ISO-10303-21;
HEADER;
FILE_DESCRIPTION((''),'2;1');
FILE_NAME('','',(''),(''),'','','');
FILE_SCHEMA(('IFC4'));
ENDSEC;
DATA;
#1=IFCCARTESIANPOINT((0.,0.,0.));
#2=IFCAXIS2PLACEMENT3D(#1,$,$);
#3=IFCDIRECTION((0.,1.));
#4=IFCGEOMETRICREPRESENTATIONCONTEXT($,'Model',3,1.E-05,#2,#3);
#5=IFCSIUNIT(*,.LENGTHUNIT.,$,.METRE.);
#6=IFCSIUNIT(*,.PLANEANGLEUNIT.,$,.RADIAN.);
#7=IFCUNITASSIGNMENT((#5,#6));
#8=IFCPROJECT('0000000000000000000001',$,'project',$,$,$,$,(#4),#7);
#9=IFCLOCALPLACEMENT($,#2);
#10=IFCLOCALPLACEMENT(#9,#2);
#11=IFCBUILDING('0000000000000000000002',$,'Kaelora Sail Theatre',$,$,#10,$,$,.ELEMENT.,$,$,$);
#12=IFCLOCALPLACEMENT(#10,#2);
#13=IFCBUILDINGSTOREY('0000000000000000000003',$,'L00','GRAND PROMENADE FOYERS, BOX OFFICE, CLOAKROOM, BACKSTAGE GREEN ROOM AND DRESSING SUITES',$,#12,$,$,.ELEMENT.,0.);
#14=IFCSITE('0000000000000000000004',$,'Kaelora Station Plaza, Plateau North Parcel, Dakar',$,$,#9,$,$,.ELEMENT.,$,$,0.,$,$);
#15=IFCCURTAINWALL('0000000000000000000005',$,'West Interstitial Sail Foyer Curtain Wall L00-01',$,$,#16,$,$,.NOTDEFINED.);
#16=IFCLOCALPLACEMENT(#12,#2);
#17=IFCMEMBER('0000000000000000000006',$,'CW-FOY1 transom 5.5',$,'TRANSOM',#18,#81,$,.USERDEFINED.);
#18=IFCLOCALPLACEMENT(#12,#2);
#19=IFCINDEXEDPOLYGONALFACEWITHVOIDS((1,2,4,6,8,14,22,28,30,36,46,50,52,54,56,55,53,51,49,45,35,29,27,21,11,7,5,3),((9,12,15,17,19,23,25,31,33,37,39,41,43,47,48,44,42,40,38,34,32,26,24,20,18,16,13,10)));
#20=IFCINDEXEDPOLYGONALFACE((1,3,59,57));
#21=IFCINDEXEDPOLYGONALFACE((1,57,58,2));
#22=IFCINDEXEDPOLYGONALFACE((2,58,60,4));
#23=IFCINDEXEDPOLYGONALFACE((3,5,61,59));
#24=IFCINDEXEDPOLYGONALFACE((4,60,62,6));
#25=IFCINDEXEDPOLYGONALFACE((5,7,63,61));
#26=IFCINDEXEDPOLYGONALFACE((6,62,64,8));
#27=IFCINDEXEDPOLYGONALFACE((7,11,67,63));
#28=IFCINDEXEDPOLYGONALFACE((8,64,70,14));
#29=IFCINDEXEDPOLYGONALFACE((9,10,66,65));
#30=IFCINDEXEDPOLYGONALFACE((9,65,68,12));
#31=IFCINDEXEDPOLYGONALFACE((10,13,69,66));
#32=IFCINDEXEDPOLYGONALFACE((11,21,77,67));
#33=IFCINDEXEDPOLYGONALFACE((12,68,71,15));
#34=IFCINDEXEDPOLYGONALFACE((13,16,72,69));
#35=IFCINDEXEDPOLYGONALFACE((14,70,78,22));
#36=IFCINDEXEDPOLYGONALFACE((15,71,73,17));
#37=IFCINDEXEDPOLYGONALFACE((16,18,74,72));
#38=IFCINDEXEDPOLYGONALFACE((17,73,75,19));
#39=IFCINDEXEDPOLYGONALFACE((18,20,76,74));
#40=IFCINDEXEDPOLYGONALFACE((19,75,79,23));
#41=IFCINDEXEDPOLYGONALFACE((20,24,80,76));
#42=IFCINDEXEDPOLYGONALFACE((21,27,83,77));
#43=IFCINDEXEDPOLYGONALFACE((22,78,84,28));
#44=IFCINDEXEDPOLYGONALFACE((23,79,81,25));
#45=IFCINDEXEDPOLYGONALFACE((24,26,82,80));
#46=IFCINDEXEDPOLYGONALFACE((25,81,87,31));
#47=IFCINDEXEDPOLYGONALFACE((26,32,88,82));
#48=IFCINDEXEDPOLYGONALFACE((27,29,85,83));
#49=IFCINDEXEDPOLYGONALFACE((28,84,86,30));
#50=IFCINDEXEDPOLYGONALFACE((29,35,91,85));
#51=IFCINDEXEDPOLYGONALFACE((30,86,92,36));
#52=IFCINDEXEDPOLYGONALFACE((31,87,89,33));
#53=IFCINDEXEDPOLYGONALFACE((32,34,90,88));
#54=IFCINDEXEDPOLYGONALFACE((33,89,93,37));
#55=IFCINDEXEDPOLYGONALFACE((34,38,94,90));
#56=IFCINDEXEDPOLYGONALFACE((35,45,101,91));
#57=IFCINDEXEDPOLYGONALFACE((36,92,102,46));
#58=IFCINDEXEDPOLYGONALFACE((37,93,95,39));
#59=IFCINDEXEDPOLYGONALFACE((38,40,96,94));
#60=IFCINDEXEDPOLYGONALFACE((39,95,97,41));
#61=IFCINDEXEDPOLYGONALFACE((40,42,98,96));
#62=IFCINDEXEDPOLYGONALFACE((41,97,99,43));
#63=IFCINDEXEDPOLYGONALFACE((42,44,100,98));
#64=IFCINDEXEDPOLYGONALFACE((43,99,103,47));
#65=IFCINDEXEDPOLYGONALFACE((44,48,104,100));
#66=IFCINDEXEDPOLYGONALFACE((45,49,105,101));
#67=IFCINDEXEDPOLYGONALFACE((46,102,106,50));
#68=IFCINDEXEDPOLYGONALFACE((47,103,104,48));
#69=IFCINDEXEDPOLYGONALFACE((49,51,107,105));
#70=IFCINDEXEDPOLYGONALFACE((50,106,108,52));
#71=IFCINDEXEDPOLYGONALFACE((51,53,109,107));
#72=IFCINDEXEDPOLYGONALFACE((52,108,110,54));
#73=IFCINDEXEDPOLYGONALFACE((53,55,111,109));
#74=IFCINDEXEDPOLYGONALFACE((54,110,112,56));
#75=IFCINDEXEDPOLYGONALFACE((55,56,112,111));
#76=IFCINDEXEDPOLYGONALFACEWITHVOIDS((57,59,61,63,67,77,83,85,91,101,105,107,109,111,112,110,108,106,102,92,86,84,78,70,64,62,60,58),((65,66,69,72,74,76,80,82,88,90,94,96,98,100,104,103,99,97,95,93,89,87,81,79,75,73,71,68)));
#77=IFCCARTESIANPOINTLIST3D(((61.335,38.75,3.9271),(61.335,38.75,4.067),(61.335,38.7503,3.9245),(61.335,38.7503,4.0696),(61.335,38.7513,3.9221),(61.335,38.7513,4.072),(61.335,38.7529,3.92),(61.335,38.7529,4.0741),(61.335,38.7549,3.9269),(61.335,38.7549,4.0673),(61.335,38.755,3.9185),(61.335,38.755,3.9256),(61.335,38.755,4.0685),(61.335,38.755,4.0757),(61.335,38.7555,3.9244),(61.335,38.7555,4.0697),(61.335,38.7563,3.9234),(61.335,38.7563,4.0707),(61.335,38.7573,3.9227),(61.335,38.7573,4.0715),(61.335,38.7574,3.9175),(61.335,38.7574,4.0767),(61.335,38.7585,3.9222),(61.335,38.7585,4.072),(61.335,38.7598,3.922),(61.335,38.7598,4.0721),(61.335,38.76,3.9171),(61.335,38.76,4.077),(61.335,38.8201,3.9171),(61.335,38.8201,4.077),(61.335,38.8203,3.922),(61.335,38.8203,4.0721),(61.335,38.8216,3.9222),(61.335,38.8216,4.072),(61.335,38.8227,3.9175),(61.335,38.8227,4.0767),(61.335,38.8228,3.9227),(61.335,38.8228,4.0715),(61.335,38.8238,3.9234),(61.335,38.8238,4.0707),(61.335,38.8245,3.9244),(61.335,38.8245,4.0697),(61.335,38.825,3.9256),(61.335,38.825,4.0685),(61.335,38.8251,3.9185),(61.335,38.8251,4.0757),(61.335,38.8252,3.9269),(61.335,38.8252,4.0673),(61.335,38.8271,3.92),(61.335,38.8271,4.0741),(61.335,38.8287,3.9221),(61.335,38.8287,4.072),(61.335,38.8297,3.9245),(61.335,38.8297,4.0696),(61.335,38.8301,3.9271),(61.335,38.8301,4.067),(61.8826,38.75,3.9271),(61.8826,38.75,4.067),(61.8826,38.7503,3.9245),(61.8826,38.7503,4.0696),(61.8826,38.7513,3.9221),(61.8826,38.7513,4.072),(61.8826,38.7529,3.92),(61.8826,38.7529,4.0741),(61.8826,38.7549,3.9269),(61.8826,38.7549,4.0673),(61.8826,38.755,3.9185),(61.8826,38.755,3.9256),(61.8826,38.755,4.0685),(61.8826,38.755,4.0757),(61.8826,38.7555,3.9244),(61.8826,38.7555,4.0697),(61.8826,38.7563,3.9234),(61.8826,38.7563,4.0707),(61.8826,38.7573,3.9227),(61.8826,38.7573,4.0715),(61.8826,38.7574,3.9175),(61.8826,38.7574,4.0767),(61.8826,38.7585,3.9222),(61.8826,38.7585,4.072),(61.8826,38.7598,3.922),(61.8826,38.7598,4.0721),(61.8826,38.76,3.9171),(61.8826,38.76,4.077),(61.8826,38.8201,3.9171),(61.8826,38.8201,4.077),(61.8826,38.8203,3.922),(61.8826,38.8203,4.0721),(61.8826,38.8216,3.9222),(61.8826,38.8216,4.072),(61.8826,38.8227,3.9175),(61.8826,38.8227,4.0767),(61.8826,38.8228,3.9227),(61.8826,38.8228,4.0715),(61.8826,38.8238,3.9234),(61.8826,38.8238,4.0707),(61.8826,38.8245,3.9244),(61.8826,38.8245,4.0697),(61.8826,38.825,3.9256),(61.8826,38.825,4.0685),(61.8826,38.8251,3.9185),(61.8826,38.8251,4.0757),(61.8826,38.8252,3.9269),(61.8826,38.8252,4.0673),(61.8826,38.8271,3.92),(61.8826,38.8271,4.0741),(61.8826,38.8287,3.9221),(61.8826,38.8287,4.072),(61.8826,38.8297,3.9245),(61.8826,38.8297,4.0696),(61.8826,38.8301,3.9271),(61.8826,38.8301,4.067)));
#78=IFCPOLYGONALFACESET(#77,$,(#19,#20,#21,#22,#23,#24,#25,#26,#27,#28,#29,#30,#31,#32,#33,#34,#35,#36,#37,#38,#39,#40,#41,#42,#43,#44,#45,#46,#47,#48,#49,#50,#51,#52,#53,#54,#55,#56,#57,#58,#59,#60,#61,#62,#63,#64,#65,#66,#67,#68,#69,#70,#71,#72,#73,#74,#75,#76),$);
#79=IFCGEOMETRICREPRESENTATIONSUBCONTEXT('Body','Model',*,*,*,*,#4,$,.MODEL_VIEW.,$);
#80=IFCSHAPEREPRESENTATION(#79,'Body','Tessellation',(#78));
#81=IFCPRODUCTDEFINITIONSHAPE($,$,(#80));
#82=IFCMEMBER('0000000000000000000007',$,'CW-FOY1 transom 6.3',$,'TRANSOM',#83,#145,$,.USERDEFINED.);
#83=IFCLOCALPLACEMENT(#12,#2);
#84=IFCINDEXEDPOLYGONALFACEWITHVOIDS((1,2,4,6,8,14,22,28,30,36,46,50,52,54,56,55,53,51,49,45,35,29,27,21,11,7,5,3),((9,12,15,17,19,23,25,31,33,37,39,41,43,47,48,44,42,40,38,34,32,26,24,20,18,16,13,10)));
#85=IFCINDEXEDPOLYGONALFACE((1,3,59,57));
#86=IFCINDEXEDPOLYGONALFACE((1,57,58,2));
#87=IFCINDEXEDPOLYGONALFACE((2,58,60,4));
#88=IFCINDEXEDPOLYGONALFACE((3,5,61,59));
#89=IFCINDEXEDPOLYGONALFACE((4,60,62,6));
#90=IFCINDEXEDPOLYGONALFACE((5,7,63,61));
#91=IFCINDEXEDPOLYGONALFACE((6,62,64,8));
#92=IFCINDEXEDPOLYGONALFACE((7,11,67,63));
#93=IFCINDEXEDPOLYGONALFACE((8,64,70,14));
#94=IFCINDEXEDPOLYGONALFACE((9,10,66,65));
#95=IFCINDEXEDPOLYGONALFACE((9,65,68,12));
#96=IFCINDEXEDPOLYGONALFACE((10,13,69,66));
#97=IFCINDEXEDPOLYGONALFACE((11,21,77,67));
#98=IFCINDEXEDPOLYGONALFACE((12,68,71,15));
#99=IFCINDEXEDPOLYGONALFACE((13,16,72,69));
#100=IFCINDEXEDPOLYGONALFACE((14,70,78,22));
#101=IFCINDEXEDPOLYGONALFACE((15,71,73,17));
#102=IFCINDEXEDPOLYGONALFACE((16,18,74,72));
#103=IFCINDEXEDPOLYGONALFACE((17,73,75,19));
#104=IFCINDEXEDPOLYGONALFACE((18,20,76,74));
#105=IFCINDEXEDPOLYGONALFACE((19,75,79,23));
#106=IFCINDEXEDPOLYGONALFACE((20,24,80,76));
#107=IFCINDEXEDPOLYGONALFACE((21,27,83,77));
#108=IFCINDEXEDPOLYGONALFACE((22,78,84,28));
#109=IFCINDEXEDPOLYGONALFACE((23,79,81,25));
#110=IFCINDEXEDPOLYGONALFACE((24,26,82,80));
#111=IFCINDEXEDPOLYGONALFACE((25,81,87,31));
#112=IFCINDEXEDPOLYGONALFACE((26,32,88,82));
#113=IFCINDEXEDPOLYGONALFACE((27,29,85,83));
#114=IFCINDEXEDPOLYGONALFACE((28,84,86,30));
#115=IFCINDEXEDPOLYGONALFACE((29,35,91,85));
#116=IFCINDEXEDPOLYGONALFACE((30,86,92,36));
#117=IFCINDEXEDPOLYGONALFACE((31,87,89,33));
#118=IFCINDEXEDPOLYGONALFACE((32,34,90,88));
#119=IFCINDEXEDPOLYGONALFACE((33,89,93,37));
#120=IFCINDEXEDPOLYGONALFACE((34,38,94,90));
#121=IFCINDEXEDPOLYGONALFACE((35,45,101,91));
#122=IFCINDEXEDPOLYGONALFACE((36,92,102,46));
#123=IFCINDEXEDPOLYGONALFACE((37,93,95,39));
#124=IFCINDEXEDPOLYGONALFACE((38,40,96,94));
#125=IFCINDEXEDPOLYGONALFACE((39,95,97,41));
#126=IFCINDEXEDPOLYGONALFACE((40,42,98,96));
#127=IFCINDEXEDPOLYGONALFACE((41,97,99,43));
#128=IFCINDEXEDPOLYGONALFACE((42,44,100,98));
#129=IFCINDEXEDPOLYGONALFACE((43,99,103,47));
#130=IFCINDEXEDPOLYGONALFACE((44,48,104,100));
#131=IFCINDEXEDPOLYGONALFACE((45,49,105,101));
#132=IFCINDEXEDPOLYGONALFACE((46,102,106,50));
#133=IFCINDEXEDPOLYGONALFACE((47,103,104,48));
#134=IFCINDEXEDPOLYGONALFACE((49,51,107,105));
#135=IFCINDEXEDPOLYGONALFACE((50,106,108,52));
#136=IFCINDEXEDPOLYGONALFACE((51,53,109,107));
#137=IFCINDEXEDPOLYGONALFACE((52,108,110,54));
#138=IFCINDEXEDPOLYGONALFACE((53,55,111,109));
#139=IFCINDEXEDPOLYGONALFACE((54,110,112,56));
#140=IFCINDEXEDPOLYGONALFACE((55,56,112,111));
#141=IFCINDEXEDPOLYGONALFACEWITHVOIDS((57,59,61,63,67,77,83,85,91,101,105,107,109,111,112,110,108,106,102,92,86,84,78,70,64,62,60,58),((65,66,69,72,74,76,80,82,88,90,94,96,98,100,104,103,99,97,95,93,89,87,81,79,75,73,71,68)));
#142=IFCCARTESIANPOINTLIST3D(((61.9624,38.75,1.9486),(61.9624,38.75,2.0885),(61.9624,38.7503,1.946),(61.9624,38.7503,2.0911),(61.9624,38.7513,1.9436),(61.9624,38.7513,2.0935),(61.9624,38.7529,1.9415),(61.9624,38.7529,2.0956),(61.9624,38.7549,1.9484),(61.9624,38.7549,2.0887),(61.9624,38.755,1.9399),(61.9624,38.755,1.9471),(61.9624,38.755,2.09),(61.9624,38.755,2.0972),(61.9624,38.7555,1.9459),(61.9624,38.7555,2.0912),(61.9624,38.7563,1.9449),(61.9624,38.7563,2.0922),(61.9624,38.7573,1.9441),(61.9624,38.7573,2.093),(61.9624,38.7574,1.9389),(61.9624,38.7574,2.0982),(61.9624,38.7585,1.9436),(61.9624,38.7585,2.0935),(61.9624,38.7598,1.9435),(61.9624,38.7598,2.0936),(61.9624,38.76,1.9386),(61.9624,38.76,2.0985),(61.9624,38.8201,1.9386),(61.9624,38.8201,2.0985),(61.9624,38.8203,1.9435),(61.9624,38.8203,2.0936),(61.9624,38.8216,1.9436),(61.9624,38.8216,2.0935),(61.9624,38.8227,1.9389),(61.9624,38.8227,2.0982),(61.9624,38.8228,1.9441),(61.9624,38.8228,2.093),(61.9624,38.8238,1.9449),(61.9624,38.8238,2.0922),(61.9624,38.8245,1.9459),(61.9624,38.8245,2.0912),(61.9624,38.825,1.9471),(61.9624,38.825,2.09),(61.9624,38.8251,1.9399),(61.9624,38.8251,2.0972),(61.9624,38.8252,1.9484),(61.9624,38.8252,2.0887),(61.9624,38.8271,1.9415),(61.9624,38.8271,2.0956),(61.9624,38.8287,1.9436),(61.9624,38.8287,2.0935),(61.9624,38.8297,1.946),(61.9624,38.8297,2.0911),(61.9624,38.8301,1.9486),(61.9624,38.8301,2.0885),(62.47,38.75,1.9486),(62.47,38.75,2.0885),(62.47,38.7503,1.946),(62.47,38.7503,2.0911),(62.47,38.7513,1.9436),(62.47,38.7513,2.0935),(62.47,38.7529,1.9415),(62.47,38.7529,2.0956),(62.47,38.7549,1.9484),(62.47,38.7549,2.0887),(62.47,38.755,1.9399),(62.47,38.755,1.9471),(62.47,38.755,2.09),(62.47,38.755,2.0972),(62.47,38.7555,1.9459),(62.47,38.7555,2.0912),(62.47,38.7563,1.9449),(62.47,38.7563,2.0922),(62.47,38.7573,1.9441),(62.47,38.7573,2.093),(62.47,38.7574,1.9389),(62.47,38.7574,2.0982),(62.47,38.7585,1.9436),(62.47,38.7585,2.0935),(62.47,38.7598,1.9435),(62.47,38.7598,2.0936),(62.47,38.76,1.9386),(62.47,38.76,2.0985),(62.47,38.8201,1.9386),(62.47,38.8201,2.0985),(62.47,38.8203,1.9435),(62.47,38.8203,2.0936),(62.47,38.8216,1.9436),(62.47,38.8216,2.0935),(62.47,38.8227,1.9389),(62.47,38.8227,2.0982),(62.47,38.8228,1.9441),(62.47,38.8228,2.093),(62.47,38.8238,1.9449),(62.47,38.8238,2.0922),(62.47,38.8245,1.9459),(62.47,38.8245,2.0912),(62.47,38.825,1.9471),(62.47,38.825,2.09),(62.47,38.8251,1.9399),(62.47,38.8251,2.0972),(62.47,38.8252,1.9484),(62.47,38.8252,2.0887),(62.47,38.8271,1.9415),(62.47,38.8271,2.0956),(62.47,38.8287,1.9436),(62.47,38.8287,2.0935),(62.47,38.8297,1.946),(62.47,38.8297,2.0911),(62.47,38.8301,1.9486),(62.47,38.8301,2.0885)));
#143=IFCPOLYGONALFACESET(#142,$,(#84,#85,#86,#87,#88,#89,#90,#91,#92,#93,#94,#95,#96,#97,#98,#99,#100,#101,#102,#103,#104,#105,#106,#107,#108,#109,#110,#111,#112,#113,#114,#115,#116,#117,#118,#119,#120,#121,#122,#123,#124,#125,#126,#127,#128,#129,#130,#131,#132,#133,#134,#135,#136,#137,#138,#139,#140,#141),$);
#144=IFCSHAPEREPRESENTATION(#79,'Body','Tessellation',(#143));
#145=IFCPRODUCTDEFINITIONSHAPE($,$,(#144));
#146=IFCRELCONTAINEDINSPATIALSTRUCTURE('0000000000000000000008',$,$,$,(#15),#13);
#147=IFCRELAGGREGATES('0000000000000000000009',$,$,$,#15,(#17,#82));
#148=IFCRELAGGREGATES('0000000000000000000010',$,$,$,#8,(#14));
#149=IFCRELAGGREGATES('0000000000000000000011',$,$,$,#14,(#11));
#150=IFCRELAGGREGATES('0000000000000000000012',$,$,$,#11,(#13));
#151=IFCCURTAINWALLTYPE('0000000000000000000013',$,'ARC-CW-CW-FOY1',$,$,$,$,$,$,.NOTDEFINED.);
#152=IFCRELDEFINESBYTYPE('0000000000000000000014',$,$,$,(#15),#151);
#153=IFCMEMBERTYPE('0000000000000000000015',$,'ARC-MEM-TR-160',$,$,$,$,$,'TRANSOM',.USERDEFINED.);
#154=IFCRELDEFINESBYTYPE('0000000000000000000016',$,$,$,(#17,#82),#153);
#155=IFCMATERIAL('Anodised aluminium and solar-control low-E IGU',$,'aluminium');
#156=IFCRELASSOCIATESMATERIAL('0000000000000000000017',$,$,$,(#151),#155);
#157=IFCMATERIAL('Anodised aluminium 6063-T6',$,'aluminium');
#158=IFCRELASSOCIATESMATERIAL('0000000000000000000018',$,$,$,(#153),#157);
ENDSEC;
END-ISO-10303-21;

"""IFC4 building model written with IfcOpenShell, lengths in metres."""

from ifc_helpers import new_model, si_unit, direction, frame, origin, origin_2d, place, context, subcontext, project, spatial, hollow_rectangle, extrude, material, material_profile, profile_set, type_object, element, aggregate, save


model = new_model("IFC4")

# Units and contexts
model_context = context("Model", 3, precision=1e-05, world=origin(), true_north=direction((0.0, 1.0)))
body_context = subcontext(model_context, "Body", "Model", "MODEL_VIEW")
ifc_project = project(units=[si_unit("LENGTHUNIT", "METRE"), si_unit("PLANEANGLEUNIT", "RADIAN")], contexts=[model_context])

# Site, building, storey
site_placement = place(None, origin())
site = spatial("IfcSite", under=ifc_project, at=site_placement, Name="Kaelora Station Plaza, Plateau North Parcel, Dakar", CompositionType="ELEMENT", RefElevation=0.0)
building_placement = place(site_placement, origin())
building = spatial("IfcBuilding", under=site, at=building_placement, Name="Kaelora Sail Theatre", CompositionType="ELEMENT")
storey_placement = place(building_placement, origin())
storey = spatial("IfcBuildingStorey", under=building, at=storey_placement, Name="L00", Description="GRAND PROMENADE FOYERS, BOX OFFICE, CLOAKROOM, BACKSTAGE GREEN ROOM AND DRESSING SUITES", CompositionType="ELEMENT", Elevation=0.0)

# Curtain wall, members
ifc_material_1 = material(Name="Anodised aluminium and solar-control low-E IGU", Category="aluminium")
curtain_wall_type = type_object("IfcCurtainWallType", Name="ARC-CW-CW-FOY1", PredefinedType="NOTDEFINED", material=ifc_material_1)
curtain_wall_placement = place(storey_placement, origin())
curtain_wall = element("IfcCurtainWall", 1, at=curtain_wall_placement, inside=storey, type_object=curtain_wall_type, Name="West Interstitial Sail Foyer Curtain Wall L00-01", PredefinedType="NOTDEFINED")
ifc_material_2 = material(Name="Anodised aluminium 6063-T6", Category="aluminium")
ifc_material_profile = material_profile(ifc_material_2, hollow_rectangle(XDim=0.0801, YDim=0.1599, WallThickness=0.0049, InnerFilletRadius=0.0049, OuterFilletRadius=0.01, at=origin_2d()), Name="ALU-TRAN 80x160x5")
ifc_profile_set = profile_set([ifc_material_profile], Name="Anodised aluminium 6063-T6")
member_type = type_object("IfcMemberType", Name="ARC-MEM-TR-160", ElementType="TRANSOM", PredefinedType="USERDEFINED", material=ifc_profile_set)
member_1_placement = place(storey_placement, frame((61.335, 38.79, 3.9971), z_axis=(1.0, 0.0, 0.0), x_axis=(0.0, 1.0, 0.0)))
member_1 = element("IfcMember", 2, at=member_1_placement, type_object=member_type, Name="CW-FOY1 transom 5.5", ObjectType="TRANSOM", PredefinedType="USERDEFINED", context=body_context, shape_type="SweptSolid", body=[
    extrude(hollow_rectangle(XDim=0.0801, YDim=0.1599, WallThickness=0.0049, InnerFilletRadius=0.0049, OuterFilletRadius=0.01, at=origin_2d()), origin(), (0.0, 0.0, 1.0), 0.5476),
])
member_2_placement = place(storey_placement, frame((61.9624, 38.79, 2.0186), z_axis=(1.0, 0.0, 0.0), x_axis=(0.0, 1.0, 0.0)))
member_2 = element("IfcMember", 3, at=member_2_placement, type_object=member_type, Name="CW-FOY1 transom 6.3", ObjectType="TRANSOM", PredefinedType="USERDEFINED", context=body_context, shape_type="SweptSolid", body=[
    extrude(hollow_rectangle(XDim=0.0801, YDim=0.1599, WallThickness=0.0049, InnerFilletRadius=0.0049, OuterFilletRadius=0.01, at=origin_2d()), origin(), (0.0, 0.0, 1.0), 0.5076),
])
aggregate(curtain_wall, [member_1, member_2])

save(model, "model.ifc")
